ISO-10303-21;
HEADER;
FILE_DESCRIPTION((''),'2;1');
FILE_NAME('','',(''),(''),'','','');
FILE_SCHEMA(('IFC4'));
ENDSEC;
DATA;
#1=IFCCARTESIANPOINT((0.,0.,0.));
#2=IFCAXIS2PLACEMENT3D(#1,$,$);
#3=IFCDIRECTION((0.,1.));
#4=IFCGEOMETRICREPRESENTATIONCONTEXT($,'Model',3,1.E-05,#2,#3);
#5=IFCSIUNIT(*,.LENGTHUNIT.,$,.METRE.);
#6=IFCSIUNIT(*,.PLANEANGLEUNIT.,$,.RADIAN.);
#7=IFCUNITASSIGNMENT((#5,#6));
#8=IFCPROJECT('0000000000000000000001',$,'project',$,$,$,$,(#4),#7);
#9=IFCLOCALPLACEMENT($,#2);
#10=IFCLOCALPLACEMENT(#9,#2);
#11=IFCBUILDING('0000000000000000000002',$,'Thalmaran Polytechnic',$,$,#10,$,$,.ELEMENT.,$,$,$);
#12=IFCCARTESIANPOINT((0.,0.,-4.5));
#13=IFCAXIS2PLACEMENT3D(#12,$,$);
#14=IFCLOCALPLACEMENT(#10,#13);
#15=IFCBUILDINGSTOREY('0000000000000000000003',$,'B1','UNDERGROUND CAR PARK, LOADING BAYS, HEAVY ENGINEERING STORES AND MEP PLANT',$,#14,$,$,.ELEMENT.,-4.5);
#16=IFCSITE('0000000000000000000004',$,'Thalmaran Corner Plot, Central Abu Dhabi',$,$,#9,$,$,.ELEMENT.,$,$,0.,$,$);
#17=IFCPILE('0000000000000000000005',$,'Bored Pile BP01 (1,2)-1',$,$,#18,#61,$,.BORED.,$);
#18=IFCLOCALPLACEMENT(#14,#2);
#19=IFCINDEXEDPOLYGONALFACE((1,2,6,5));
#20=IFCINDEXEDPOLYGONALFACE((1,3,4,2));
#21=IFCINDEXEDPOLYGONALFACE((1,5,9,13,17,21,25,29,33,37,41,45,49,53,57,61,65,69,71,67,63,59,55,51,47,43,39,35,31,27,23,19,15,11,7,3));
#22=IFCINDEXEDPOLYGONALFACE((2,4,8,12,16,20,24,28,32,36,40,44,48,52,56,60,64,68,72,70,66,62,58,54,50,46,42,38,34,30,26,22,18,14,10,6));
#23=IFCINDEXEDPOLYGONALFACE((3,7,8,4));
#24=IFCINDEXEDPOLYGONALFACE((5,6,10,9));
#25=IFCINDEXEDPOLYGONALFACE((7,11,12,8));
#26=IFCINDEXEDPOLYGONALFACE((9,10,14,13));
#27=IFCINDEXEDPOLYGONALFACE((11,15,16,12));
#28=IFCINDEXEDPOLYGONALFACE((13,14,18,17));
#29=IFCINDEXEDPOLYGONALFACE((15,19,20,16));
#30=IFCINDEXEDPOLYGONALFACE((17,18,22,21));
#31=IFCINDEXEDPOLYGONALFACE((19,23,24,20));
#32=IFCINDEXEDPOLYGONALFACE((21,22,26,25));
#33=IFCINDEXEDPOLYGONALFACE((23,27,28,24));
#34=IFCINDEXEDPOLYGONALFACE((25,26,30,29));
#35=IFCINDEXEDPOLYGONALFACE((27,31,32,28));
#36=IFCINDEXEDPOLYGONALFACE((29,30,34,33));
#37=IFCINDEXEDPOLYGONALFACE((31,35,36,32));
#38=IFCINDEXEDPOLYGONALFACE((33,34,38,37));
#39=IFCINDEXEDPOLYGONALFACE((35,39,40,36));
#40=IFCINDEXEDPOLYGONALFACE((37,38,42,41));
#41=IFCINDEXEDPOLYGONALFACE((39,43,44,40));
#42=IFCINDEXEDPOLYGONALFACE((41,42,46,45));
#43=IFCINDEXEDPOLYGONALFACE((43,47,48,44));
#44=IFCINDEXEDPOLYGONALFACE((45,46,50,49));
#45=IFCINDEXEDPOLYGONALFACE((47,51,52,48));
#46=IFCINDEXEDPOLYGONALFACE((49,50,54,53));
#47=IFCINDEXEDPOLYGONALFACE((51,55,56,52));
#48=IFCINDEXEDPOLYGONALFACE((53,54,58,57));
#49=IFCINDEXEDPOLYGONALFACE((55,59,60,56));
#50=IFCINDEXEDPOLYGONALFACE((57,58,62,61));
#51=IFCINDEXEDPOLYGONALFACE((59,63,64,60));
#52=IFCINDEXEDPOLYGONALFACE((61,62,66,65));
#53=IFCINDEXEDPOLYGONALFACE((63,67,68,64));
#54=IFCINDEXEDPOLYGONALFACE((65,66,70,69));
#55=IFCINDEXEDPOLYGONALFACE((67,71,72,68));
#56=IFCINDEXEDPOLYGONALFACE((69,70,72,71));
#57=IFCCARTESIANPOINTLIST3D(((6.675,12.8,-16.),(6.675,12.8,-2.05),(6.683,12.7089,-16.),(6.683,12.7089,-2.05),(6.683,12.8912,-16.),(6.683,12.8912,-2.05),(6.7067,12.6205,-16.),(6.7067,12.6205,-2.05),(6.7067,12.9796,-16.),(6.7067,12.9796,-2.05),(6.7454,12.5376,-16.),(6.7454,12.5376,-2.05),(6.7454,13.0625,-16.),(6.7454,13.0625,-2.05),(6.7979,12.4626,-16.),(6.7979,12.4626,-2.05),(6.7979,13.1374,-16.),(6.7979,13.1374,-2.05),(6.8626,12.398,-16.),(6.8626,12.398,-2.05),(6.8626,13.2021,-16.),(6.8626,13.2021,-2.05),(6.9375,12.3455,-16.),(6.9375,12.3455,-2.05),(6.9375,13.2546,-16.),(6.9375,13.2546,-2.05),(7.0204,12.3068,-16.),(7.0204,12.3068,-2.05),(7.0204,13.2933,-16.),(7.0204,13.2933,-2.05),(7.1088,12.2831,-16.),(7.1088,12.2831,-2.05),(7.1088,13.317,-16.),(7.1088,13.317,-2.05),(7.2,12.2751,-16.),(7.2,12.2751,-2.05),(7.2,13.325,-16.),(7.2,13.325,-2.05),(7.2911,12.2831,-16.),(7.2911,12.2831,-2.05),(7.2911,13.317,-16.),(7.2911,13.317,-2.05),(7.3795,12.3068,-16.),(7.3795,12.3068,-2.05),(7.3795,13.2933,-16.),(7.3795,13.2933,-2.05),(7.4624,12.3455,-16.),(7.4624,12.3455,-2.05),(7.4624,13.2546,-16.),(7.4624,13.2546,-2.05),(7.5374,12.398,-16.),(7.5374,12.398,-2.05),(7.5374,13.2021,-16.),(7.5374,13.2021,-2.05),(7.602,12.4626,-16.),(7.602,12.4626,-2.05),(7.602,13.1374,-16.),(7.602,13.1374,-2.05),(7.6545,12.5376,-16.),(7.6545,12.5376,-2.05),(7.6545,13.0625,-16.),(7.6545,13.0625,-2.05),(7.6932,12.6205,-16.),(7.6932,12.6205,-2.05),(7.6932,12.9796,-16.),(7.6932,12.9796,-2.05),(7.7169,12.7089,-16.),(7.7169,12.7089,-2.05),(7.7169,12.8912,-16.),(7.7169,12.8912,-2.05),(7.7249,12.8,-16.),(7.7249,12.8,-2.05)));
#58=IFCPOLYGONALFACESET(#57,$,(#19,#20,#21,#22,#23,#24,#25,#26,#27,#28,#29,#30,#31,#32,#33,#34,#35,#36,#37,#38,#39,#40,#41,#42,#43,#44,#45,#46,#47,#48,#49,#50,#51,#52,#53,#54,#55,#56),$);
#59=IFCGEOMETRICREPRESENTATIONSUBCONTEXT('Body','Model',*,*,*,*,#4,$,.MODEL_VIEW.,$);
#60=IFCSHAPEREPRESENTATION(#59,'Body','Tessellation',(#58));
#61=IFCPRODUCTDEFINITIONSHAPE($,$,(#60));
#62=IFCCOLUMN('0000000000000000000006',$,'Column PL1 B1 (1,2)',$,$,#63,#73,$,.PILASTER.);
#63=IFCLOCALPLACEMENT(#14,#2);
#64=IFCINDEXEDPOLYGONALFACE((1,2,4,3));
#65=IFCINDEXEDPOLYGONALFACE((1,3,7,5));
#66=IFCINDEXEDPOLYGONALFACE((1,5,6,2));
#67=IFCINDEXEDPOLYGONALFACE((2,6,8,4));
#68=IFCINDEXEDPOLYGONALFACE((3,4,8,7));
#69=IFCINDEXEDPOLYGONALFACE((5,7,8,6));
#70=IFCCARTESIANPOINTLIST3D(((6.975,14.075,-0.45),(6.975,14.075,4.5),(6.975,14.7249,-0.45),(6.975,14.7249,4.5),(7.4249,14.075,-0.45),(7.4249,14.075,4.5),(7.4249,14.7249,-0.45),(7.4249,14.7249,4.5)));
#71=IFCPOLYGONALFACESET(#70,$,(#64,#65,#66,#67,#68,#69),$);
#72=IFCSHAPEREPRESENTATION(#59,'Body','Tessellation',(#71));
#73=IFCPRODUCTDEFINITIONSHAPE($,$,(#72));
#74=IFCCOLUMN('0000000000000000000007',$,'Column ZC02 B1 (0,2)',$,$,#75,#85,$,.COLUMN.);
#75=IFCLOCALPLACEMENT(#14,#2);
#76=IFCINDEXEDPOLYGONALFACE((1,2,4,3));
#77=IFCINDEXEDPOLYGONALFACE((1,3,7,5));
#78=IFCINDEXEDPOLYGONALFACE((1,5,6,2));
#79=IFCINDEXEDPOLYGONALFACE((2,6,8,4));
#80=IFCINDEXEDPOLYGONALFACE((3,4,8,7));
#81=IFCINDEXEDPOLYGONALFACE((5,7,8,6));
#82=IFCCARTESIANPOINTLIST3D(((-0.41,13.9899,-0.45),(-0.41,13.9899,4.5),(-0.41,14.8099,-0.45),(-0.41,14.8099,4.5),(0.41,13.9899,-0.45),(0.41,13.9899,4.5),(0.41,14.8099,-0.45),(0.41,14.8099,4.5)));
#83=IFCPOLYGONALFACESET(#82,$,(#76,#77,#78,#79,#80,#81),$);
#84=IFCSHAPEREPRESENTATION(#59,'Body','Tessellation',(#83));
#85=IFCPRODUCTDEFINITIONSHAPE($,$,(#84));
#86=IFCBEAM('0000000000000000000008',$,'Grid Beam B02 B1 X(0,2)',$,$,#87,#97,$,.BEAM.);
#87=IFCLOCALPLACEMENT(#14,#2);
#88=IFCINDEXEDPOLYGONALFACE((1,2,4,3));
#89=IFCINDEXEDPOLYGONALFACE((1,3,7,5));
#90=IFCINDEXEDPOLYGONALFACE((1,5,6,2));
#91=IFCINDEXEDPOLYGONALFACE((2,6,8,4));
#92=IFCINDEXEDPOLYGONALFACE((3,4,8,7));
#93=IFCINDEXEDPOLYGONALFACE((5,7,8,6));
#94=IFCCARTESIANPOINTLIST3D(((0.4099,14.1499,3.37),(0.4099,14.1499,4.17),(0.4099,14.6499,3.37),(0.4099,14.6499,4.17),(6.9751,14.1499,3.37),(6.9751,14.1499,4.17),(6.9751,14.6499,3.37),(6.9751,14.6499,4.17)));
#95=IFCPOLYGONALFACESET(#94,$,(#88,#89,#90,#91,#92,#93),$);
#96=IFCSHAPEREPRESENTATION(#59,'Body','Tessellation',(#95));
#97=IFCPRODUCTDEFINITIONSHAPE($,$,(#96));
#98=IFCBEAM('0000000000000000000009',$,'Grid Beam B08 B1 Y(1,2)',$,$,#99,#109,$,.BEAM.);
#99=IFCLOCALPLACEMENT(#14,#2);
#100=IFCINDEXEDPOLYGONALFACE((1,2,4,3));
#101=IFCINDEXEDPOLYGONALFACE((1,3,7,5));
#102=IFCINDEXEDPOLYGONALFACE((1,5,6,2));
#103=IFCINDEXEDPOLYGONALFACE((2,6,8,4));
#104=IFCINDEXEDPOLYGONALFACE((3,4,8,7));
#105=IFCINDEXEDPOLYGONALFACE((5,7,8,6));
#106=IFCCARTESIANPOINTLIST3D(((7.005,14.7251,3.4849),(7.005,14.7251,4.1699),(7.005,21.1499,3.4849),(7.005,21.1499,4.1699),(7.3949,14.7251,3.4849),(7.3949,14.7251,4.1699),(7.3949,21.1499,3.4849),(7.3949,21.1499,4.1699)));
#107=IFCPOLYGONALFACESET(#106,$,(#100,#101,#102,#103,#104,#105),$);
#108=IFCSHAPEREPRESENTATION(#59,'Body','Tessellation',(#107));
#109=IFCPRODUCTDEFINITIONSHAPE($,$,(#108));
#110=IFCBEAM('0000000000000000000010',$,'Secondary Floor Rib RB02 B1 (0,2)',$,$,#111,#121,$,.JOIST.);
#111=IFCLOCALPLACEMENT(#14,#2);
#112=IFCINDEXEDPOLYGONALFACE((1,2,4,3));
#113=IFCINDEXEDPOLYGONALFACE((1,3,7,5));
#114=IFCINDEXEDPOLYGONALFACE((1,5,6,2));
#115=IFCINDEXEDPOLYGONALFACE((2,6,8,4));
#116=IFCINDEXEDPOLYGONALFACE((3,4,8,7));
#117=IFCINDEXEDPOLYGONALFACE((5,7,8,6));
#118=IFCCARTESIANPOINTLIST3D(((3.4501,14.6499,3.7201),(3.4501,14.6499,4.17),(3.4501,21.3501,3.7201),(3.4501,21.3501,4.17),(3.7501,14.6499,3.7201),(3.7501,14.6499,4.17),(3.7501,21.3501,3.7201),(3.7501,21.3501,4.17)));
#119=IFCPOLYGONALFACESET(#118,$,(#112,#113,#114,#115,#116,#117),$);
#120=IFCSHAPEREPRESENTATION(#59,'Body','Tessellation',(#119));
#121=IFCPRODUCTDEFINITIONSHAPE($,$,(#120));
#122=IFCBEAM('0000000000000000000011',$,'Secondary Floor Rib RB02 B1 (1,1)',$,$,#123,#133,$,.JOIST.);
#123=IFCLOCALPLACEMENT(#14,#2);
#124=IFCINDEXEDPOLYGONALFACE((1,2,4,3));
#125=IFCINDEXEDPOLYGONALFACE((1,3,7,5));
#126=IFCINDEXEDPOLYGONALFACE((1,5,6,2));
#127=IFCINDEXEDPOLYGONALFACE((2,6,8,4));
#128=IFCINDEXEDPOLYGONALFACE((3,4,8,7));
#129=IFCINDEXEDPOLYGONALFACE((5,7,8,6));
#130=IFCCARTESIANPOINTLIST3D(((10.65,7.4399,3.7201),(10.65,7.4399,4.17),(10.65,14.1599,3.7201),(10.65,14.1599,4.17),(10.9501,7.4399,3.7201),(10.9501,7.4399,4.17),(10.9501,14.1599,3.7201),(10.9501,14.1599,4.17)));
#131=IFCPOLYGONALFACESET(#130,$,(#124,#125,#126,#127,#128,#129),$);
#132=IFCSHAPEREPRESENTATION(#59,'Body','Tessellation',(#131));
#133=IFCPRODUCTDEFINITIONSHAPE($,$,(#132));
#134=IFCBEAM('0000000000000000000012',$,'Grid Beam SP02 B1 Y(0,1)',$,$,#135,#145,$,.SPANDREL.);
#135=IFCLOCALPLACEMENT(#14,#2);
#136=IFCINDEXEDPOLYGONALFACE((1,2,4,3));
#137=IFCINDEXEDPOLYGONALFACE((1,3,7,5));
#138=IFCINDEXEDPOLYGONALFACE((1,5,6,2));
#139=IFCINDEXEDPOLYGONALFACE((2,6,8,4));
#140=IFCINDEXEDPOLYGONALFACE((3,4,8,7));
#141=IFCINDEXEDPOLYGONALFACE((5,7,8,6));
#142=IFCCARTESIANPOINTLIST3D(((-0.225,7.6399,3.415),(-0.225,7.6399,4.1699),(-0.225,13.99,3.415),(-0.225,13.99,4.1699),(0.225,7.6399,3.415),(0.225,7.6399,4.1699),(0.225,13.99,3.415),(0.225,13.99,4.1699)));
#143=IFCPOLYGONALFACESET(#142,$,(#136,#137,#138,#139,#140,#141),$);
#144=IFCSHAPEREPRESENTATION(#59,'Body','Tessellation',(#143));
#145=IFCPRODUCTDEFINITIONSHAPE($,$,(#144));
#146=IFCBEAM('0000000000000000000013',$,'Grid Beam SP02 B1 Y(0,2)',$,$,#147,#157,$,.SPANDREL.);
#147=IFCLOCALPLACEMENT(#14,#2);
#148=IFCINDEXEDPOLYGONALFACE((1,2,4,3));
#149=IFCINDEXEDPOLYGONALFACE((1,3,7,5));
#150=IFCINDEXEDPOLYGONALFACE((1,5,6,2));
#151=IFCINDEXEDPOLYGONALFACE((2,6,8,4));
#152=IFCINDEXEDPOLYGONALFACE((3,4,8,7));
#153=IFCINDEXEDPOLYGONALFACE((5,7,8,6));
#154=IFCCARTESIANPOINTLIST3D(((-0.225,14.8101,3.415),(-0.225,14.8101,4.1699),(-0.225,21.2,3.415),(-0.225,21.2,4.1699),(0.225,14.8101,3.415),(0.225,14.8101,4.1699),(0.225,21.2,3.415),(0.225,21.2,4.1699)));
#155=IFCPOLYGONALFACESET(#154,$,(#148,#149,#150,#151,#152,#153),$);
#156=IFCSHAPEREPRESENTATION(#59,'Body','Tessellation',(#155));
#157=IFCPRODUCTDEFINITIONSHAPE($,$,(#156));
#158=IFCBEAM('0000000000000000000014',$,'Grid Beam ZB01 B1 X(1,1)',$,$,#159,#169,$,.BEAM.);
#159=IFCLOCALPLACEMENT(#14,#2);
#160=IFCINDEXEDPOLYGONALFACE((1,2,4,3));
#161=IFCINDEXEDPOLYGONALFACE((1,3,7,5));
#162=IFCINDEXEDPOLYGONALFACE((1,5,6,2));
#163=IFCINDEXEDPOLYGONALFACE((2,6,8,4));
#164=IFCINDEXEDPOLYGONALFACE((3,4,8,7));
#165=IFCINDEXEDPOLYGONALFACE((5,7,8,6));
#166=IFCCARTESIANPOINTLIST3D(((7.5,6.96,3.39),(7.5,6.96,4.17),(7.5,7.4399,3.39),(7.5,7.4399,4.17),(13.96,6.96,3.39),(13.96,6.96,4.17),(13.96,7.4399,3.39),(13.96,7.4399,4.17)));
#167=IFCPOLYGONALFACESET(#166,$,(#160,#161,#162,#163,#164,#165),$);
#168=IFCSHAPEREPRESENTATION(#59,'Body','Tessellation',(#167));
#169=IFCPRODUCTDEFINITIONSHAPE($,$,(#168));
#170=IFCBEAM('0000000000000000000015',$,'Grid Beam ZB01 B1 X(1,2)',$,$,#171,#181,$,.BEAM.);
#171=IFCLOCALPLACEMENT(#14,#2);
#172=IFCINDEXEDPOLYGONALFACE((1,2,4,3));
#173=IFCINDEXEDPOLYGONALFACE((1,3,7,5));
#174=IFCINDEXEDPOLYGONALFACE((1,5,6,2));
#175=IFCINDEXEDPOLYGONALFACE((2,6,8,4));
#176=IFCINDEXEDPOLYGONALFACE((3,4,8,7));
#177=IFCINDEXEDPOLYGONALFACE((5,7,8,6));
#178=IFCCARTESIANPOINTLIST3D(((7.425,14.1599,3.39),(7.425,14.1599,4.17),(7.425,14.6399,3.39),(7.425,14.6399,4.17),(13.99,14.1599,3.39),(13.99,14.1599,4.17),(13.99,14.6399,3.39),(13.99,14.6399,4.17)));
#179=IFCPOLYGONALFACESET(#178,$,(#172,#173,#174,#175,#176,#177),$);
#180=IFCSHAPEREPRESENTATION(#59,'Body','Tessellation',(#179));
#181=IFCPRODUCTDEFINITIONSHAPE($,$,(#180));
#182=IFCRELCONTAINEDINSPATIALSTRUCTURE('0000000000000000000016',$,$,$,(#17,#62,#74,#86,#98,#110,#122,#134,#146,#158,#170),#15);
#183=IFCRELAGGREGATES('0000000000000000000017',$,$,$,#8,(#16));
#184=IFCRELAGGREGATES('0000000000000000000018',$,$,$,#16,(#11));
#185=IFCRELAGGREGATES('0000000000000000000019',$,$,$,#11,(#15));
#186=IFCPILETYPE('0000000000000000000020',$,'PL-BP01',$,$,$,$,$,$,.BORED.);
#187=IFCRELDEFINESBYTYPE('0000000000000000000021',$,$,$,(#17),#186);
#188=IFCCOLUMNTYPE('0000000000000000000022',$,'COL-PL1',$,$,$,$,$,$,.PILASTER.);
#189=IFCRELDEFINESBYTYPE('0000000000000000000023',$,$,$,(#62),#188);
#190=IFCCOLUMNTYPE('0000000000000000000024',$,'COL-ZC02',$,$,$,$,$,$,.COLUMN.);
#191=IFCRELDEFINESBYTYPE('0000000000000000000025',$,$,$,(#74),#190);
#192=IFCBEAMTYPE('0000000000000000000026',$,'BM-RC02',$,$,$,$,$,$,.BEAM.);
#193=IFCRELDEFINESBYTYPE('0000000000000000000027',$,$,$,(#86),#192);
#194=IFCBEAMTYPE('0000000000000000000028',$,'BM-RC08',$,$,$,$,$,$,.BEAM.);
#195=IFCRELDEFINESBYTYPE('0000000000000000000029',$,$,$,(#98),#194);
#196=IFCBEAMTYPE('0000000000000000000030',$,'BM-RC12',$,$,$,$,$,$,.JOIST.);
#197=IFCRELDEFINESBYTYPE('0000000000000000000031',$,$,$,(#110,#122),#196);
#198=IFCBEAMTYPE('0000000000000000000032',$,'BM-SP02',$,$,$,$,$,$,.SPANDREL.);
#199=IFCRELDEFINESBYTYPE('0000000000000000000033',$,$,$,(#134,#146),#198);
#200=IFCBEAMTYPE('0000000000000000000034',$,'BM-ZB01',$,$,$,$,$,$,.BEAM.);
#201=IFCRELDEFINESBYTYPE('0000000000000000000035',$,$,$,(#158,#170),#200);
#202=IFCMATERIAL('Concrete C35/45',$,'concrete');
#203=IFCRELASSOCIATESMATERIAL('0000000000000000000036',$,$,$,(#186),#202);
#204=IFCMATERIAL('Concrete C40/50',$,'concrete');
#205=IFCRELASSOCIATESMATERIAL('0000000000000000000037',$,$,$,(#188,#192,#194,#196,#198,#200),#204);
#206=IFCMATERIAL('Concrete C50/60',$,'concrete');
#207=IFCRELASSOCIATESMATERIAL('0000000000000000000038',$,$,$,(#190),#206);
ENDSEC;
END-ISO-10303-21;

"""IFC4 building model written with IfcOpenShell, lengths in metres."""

from ifc_helpers import new_model, si_unit, direction, frame, origin, origin_2d, place, context, subcontext, project, spatial, rectangle, circle, extrude, material, material_profile, profile_set, type_object, element, save


model = new_model("IFC4")

# Units and contexts
model_context = context("Model", 3, precision=1e-05, world=origin(), true_north=direction((0.0, 1.0)))
body_context = subcontext(model_context, "Body", "Model", "MODEL_VIEW")
ifc_project = project(units=[si_unit("LENGTHUNIT", "METRE"), si_unit("PLANEANGLEUNIT", "RADIAN")], contexts=[model_context])

# Site, building, storey
site_placement = place(None, origin())
site = spatial("IfcSite", under=ifc_project, at=site_placement, Name="Thalmaran Corner Plot, Central Abu Dhabi", CompositionType="ELEMENT", RefElevation=0.0)
building_placement = place(site_placement, origin())
building = spatial("IfcBuilding", under=site, at=building_placement, Name="Thalmaran Polytechnic", CompositionType="ELEMENT")
storey_placement = place(building_placement, frame((0.0, 0.0, -4.5)))
storey = spatial("IfcBuildingStorey", under=building, at=storey_placement, Name="B1", Description="UNDERGROUND CAR PARK, LOADING BAYS, HEAVY ENGINEERING STORES AND MEP PLANT", CompositionType="ELEMENT", Elevation=-4.5)

# Shared definitions
ifc_material_1 = material(Name="Concrete C40/50", Category="concrete")

# Pile
ifc_material_2 = material(Name="Concrete C35/45", Category="concrete")
ifc_material_profile_1 = material_profile(ifc_material_2, circle(Radius=0.5249, at=origin_2d()), Name="RC 1050 DIA")
ifc_profile_set_1 = profile_set([ifc_material_profile_1], Name="Concrete C35/45")
pile_type = type_object("IfcPileType", Name="PL-BP01", PredefinedType="BORED", material=ifc_profile_set_1)
for number, where, z_axis, x_axis, name in (
    (1, (7.2, 12.8, -2.05), (0.0, 0.0, -1.0), (1.0, 0.0, 0.0), "Bored Pile BP01 (1,2)-1"),
):
    element("IfcPile", number, at=place(storey_placement, frame(where, z_axis=z_axis, x_axis=x_axis)), inside=storey, type_object=pile_type, Name=name, PredefinedType="BORED", context=body_context, shape_type="SweptSolid", body=[
        extrude(circle(Radius=0.5249, at=origin_2d()), origin(), (0.0, 0.0, 1.0), 13.95),
    ])

# Columns
ifc_material_profile_2 = material_profile(ifc_material_1, rectangle(XDim=0.45, YDim=0.6499, at=origin_2d()), Name="RC 450x650")
ifc_profile_set_2 = profile_set([ifc_material_profile_2], Name="Concrete C40/50")
column_type_1 = type_object("IfcColumnType", Name="COL-PL1", PredefinedType="PILASTER", material=ifc_profile_set_2)
column_1_placement = place(storey_placement, frame((7.2, 14.3999, -0.45), z_axis=(0.0, 0.0, 1.0), x_axis=(1.0, 0.0, 0.0)))
element("IfcColumn", 2, at=column_1_placement, inside=storey, type_object=column_type_1, Name="Column PL1 B1 (1,2)", PredefinedType="PILASTER", context=body_context, shape_type="SweptSolid", body=[
    extrude(rectangle(XDim=0.45, YDim=0.6499, at=origin_2d()), origin(), (0.0, 0.0, 1.0), 4.95),
])
ifc_material_3 = material(Name="Concrete C50/60", Category="concrete")
ifc_material_profile_3 = material_profile(ifc_material_3, rectangle(XDim=0.8201, YDim=0.8201, at=origin_2d()), Name="RC 820x820")
ifc_profile_set_3 = profile_set([ifc_material_profile_3], Name="Concrete C50/60")
column_type_2 = type_object("IfcColumnType", Name="COL-ZC02", PredefinedType="COLUMN", material=ifc_profile_set_3)
column_2_placement = place(storey_placement, frame((0.0, 14.3999, -0.45), z_axis=(0.0, 0.0, 1.0), x_axis=(1.0, 0.0, 0.0)))
element("IfcColumn", 3, at=column_2_placement, inside=storey, type_object=column_type_2, Name="Column ZC02 B1 (0,2)", PredefinedType="COLUMN", context=body_context, shape_type="SweptSolid", body=[
    extrude(rectangle(XDim=0.8201, YDim=0.8201, at=origin_2d()), origin(), (0.0, 0.0, 1.0), 4.95),
])

# Beams
ifc_material_profile_4 = material_profile(ifc_material_1, rectangle(XDim=0.5, YDim=0.8, at=origin_2d()), Name="RC 500x800")
ifc_profile_set_4 = profile_set([ifc_material_profile_4], Name="Concrete C40/50")
beam_type_1 = type_object("IfcBeamType", Name="BM-RC02", PredefinedType="BEAM", material=ifc_profile_set_4)
beam_1_placement = place(storey_placement, frame((0.4099, 14.3999, 3.77), z_axis=(1.0, 0.0, 0.0), x_axis=(0.0, 1.0, 0.0)))
element("IfcBeam", 4, at=beam_1_placement, inside=storey, type_object=beam_type_1, Name="Grid Beam B02 B1 X(0,2)", PredefinedType="BEAM", context=body_context, shape_type="SweptSolid", body=[
    extrude(rectangle(XDim=0.5, YDim=0.8, at=origin_2d()), origin(), (0.0, 0.0, 1.0), 6.5652),
])
ifc_material_profile_5 = material_profile(ifc_material_1, rectangle(XDim=0.3899, YDim=0.6851, at=origin_2d()), Name="RC 390x685")
ifc_profile_set_5 = profile_set([ifc_material_profile_5], Name="Concrete C40/50")
beam_type_2 = type_object("IfcBeamType", Name="BM-RC08", PredefinedType="BEAM", material=ifc_profile_set_5)
beam_2_placement = place(storey_placement, frame((7.2, 14.7251, 3.8274), z_axis=(0.0, 1.0, 0.0), x_axis=(-1.0, 0.0, 0.0)))
element("IfcBeam", 5, at=beam_2_placement, inside=storey, type_object=beam_type_2, Name="Grid Beam B08 B1 Y(1,2)", PredefinedType="BEAM", context=body_context, shape_type="SweptSolid", body=[
    extrude(rectangle(XDim=0.3899, YDim=0.6851, at=origin_2d()), origin(), (0.0, 0.0, 1.0), 6.4248),
])
ifc_material_profile_6 = material_profile(ifc_material_1, rectangle(XDim=0.3, YDim=0.45, at=origin_2d()), Name="RC 300x450")
ifc_profile_set_6 = profile_set([ifc_material_profile_6], Name="Concrete C40/50")
beam_type_3 = type_object("IfcBeamType", Name="BM-RC12", PredefinedType="JOIST", material=ifc_profile_set_6)
beam_3_placement = place(storey_placement, frame((3.6001, 14.6499, 3.9451), z_axis=(0.0, 1.0, 0.0), x_axis=(-1.0, 0.0, 0.0)))
element("IfcBeam", 6, at=beam_3_placement, inside=storey, type_object=beam_type_3, Name="Secondary Floor Rib RB02 B1 (0,2)", PredefinedType="JOIST", context=body_context, shape_type="SweptSolid", body=[
    extrude(rectangle(XDim=0.3, YDim=0.45, at=origin_2d()), origin(), (0.0, 0.0, 1.0), 6.7002),
])
beam_4_placement = place(storey_placement, frame((10.8, 7.4399, 3.9451), z_axis=(0.0, 1.0, 0.0), x_axis=(-1.0, 0.0, 0.0)))
element("IfcBeam", 7, at=beam_4_placement, inside=storey, type_object=beam_type_3, Name="Secondary Floor Rib RB02 B1 (1,1)", PredefinedType="JOIST", context=body_context, shape_type="SweptSolid", body=[
    extrude(rectangle(XDim=0.3, YDim=0.45, at=origin_2d()), origin(), (0.0, 0.0, 1.0), 6.72),
])
ifc_material_profile_7 = material_profile(ifc_material_1, rectangle(XDim=0.45, YDim=0.7549, at=origin_2d()), Name="RC 450x755")
ifc_profile_set_7 = profile_set([ifc_material_profile_7], Name="Concrete C40/50")
beam_type_4 = type_object("IfcBeamType", Name="BM-SP02", PredefinedType="SPANDREL", material=ifc_profile_set_7)
beam_5_placement = place(storey_placement, frame((0.0, 7.6399, 3.7925), z_axis=(0.0, 1.0, 0.0), x_axis=(-1.0, 0.0, 0.0)))
element("IfcBeam", 8, at=beam_5_placement, inside=storey, type_object=beam_type_4, Name="Grid Beam SP02 B1 Y(0,1)", PredefinedType="SPANDREL", context=body_context, shape_type="SweptSolid", body=[
    extrude(rectangle(XDim=0.45, YDim=0.7549, at=origin_2d()), origin(), (0.0, 0.0, 1.0), 6.3501),
])
beam_6_placement = place(storey_placement, frame((0.0, 14.8101, 3.7925), z_axis=(0.0, 1.0, 0.0), x_axis=(-1.0, 0.0, 0.0)))
element("IfcBeam", 9, at=beam_6_placement, inside=storey, type_object=beam_type_4, Name="Grid Beam SP02 B1 Y(0,2)", PredefinedType="SPANDREL", context=body_context, shape_type="SweptSolid", body=[
    extrude(rectangle(XDim=0.45, YDim=0.7549, at=origin_2d()), origin(), (0.0, 0.0, 1.0), 6.3899),
])
ifc_material_profile_8 = material_profile(ifc_material_1, rectangle(XDim=0.48, YDim=0.78, at=origin_2d()), Name="RC 480x780")
ifc_profile_set_8 = profile_set([ifc_material_profile_8], Name="Concrete C40/50")
beam_type_5 = type_object("IfcBeamType", Name="BM-ZB01", PredefinedType="BEAM", material=ifc_profile_set_8)
beam_7_placement = place(storey_placement, frame((7.5, 7.2, 3.78), z_axis=(1.0, 0.0, 0.0), x_axis=(0.0, 1.0, 0.0)))
element("IfcBeam", 10, at=beam_7_placement, inside=storey, type_object=beam_type_5, Name="Grid Beam ZB01 B1 X(1,1)", PredefinedType="BEAM", context=body_context, shape_type="SweptSolid", body=[
    extrude(rectangle(XDim=0.48, YDim=0.78, at=origin_2d()), origin(), (0.0, 0.0, 1.0), 6.46),
])
beam_8_placement = place(storey_placement, frame((7.425, 14.3999, 3.78), z_axis=(1.0, 0.0, 0.0), x_axis=(0.0, 1.0, 0.0)))
element("IfcBeam", 11, at=beam_8_placement, inside=storey, type_object=beam_type_5, Name="Grid Beam ZB01 B1 X(1,2)", PredefinedType="BEAM", context=body_context, shape_type="SweptSolid", body=[
    extrude(rectangle(XDim=0.48, YDim=0.78, at=origin_2d()), origin(), (0.0, 0.0, 1.0), 6.5649),
])

save(model, "model.ifc")
